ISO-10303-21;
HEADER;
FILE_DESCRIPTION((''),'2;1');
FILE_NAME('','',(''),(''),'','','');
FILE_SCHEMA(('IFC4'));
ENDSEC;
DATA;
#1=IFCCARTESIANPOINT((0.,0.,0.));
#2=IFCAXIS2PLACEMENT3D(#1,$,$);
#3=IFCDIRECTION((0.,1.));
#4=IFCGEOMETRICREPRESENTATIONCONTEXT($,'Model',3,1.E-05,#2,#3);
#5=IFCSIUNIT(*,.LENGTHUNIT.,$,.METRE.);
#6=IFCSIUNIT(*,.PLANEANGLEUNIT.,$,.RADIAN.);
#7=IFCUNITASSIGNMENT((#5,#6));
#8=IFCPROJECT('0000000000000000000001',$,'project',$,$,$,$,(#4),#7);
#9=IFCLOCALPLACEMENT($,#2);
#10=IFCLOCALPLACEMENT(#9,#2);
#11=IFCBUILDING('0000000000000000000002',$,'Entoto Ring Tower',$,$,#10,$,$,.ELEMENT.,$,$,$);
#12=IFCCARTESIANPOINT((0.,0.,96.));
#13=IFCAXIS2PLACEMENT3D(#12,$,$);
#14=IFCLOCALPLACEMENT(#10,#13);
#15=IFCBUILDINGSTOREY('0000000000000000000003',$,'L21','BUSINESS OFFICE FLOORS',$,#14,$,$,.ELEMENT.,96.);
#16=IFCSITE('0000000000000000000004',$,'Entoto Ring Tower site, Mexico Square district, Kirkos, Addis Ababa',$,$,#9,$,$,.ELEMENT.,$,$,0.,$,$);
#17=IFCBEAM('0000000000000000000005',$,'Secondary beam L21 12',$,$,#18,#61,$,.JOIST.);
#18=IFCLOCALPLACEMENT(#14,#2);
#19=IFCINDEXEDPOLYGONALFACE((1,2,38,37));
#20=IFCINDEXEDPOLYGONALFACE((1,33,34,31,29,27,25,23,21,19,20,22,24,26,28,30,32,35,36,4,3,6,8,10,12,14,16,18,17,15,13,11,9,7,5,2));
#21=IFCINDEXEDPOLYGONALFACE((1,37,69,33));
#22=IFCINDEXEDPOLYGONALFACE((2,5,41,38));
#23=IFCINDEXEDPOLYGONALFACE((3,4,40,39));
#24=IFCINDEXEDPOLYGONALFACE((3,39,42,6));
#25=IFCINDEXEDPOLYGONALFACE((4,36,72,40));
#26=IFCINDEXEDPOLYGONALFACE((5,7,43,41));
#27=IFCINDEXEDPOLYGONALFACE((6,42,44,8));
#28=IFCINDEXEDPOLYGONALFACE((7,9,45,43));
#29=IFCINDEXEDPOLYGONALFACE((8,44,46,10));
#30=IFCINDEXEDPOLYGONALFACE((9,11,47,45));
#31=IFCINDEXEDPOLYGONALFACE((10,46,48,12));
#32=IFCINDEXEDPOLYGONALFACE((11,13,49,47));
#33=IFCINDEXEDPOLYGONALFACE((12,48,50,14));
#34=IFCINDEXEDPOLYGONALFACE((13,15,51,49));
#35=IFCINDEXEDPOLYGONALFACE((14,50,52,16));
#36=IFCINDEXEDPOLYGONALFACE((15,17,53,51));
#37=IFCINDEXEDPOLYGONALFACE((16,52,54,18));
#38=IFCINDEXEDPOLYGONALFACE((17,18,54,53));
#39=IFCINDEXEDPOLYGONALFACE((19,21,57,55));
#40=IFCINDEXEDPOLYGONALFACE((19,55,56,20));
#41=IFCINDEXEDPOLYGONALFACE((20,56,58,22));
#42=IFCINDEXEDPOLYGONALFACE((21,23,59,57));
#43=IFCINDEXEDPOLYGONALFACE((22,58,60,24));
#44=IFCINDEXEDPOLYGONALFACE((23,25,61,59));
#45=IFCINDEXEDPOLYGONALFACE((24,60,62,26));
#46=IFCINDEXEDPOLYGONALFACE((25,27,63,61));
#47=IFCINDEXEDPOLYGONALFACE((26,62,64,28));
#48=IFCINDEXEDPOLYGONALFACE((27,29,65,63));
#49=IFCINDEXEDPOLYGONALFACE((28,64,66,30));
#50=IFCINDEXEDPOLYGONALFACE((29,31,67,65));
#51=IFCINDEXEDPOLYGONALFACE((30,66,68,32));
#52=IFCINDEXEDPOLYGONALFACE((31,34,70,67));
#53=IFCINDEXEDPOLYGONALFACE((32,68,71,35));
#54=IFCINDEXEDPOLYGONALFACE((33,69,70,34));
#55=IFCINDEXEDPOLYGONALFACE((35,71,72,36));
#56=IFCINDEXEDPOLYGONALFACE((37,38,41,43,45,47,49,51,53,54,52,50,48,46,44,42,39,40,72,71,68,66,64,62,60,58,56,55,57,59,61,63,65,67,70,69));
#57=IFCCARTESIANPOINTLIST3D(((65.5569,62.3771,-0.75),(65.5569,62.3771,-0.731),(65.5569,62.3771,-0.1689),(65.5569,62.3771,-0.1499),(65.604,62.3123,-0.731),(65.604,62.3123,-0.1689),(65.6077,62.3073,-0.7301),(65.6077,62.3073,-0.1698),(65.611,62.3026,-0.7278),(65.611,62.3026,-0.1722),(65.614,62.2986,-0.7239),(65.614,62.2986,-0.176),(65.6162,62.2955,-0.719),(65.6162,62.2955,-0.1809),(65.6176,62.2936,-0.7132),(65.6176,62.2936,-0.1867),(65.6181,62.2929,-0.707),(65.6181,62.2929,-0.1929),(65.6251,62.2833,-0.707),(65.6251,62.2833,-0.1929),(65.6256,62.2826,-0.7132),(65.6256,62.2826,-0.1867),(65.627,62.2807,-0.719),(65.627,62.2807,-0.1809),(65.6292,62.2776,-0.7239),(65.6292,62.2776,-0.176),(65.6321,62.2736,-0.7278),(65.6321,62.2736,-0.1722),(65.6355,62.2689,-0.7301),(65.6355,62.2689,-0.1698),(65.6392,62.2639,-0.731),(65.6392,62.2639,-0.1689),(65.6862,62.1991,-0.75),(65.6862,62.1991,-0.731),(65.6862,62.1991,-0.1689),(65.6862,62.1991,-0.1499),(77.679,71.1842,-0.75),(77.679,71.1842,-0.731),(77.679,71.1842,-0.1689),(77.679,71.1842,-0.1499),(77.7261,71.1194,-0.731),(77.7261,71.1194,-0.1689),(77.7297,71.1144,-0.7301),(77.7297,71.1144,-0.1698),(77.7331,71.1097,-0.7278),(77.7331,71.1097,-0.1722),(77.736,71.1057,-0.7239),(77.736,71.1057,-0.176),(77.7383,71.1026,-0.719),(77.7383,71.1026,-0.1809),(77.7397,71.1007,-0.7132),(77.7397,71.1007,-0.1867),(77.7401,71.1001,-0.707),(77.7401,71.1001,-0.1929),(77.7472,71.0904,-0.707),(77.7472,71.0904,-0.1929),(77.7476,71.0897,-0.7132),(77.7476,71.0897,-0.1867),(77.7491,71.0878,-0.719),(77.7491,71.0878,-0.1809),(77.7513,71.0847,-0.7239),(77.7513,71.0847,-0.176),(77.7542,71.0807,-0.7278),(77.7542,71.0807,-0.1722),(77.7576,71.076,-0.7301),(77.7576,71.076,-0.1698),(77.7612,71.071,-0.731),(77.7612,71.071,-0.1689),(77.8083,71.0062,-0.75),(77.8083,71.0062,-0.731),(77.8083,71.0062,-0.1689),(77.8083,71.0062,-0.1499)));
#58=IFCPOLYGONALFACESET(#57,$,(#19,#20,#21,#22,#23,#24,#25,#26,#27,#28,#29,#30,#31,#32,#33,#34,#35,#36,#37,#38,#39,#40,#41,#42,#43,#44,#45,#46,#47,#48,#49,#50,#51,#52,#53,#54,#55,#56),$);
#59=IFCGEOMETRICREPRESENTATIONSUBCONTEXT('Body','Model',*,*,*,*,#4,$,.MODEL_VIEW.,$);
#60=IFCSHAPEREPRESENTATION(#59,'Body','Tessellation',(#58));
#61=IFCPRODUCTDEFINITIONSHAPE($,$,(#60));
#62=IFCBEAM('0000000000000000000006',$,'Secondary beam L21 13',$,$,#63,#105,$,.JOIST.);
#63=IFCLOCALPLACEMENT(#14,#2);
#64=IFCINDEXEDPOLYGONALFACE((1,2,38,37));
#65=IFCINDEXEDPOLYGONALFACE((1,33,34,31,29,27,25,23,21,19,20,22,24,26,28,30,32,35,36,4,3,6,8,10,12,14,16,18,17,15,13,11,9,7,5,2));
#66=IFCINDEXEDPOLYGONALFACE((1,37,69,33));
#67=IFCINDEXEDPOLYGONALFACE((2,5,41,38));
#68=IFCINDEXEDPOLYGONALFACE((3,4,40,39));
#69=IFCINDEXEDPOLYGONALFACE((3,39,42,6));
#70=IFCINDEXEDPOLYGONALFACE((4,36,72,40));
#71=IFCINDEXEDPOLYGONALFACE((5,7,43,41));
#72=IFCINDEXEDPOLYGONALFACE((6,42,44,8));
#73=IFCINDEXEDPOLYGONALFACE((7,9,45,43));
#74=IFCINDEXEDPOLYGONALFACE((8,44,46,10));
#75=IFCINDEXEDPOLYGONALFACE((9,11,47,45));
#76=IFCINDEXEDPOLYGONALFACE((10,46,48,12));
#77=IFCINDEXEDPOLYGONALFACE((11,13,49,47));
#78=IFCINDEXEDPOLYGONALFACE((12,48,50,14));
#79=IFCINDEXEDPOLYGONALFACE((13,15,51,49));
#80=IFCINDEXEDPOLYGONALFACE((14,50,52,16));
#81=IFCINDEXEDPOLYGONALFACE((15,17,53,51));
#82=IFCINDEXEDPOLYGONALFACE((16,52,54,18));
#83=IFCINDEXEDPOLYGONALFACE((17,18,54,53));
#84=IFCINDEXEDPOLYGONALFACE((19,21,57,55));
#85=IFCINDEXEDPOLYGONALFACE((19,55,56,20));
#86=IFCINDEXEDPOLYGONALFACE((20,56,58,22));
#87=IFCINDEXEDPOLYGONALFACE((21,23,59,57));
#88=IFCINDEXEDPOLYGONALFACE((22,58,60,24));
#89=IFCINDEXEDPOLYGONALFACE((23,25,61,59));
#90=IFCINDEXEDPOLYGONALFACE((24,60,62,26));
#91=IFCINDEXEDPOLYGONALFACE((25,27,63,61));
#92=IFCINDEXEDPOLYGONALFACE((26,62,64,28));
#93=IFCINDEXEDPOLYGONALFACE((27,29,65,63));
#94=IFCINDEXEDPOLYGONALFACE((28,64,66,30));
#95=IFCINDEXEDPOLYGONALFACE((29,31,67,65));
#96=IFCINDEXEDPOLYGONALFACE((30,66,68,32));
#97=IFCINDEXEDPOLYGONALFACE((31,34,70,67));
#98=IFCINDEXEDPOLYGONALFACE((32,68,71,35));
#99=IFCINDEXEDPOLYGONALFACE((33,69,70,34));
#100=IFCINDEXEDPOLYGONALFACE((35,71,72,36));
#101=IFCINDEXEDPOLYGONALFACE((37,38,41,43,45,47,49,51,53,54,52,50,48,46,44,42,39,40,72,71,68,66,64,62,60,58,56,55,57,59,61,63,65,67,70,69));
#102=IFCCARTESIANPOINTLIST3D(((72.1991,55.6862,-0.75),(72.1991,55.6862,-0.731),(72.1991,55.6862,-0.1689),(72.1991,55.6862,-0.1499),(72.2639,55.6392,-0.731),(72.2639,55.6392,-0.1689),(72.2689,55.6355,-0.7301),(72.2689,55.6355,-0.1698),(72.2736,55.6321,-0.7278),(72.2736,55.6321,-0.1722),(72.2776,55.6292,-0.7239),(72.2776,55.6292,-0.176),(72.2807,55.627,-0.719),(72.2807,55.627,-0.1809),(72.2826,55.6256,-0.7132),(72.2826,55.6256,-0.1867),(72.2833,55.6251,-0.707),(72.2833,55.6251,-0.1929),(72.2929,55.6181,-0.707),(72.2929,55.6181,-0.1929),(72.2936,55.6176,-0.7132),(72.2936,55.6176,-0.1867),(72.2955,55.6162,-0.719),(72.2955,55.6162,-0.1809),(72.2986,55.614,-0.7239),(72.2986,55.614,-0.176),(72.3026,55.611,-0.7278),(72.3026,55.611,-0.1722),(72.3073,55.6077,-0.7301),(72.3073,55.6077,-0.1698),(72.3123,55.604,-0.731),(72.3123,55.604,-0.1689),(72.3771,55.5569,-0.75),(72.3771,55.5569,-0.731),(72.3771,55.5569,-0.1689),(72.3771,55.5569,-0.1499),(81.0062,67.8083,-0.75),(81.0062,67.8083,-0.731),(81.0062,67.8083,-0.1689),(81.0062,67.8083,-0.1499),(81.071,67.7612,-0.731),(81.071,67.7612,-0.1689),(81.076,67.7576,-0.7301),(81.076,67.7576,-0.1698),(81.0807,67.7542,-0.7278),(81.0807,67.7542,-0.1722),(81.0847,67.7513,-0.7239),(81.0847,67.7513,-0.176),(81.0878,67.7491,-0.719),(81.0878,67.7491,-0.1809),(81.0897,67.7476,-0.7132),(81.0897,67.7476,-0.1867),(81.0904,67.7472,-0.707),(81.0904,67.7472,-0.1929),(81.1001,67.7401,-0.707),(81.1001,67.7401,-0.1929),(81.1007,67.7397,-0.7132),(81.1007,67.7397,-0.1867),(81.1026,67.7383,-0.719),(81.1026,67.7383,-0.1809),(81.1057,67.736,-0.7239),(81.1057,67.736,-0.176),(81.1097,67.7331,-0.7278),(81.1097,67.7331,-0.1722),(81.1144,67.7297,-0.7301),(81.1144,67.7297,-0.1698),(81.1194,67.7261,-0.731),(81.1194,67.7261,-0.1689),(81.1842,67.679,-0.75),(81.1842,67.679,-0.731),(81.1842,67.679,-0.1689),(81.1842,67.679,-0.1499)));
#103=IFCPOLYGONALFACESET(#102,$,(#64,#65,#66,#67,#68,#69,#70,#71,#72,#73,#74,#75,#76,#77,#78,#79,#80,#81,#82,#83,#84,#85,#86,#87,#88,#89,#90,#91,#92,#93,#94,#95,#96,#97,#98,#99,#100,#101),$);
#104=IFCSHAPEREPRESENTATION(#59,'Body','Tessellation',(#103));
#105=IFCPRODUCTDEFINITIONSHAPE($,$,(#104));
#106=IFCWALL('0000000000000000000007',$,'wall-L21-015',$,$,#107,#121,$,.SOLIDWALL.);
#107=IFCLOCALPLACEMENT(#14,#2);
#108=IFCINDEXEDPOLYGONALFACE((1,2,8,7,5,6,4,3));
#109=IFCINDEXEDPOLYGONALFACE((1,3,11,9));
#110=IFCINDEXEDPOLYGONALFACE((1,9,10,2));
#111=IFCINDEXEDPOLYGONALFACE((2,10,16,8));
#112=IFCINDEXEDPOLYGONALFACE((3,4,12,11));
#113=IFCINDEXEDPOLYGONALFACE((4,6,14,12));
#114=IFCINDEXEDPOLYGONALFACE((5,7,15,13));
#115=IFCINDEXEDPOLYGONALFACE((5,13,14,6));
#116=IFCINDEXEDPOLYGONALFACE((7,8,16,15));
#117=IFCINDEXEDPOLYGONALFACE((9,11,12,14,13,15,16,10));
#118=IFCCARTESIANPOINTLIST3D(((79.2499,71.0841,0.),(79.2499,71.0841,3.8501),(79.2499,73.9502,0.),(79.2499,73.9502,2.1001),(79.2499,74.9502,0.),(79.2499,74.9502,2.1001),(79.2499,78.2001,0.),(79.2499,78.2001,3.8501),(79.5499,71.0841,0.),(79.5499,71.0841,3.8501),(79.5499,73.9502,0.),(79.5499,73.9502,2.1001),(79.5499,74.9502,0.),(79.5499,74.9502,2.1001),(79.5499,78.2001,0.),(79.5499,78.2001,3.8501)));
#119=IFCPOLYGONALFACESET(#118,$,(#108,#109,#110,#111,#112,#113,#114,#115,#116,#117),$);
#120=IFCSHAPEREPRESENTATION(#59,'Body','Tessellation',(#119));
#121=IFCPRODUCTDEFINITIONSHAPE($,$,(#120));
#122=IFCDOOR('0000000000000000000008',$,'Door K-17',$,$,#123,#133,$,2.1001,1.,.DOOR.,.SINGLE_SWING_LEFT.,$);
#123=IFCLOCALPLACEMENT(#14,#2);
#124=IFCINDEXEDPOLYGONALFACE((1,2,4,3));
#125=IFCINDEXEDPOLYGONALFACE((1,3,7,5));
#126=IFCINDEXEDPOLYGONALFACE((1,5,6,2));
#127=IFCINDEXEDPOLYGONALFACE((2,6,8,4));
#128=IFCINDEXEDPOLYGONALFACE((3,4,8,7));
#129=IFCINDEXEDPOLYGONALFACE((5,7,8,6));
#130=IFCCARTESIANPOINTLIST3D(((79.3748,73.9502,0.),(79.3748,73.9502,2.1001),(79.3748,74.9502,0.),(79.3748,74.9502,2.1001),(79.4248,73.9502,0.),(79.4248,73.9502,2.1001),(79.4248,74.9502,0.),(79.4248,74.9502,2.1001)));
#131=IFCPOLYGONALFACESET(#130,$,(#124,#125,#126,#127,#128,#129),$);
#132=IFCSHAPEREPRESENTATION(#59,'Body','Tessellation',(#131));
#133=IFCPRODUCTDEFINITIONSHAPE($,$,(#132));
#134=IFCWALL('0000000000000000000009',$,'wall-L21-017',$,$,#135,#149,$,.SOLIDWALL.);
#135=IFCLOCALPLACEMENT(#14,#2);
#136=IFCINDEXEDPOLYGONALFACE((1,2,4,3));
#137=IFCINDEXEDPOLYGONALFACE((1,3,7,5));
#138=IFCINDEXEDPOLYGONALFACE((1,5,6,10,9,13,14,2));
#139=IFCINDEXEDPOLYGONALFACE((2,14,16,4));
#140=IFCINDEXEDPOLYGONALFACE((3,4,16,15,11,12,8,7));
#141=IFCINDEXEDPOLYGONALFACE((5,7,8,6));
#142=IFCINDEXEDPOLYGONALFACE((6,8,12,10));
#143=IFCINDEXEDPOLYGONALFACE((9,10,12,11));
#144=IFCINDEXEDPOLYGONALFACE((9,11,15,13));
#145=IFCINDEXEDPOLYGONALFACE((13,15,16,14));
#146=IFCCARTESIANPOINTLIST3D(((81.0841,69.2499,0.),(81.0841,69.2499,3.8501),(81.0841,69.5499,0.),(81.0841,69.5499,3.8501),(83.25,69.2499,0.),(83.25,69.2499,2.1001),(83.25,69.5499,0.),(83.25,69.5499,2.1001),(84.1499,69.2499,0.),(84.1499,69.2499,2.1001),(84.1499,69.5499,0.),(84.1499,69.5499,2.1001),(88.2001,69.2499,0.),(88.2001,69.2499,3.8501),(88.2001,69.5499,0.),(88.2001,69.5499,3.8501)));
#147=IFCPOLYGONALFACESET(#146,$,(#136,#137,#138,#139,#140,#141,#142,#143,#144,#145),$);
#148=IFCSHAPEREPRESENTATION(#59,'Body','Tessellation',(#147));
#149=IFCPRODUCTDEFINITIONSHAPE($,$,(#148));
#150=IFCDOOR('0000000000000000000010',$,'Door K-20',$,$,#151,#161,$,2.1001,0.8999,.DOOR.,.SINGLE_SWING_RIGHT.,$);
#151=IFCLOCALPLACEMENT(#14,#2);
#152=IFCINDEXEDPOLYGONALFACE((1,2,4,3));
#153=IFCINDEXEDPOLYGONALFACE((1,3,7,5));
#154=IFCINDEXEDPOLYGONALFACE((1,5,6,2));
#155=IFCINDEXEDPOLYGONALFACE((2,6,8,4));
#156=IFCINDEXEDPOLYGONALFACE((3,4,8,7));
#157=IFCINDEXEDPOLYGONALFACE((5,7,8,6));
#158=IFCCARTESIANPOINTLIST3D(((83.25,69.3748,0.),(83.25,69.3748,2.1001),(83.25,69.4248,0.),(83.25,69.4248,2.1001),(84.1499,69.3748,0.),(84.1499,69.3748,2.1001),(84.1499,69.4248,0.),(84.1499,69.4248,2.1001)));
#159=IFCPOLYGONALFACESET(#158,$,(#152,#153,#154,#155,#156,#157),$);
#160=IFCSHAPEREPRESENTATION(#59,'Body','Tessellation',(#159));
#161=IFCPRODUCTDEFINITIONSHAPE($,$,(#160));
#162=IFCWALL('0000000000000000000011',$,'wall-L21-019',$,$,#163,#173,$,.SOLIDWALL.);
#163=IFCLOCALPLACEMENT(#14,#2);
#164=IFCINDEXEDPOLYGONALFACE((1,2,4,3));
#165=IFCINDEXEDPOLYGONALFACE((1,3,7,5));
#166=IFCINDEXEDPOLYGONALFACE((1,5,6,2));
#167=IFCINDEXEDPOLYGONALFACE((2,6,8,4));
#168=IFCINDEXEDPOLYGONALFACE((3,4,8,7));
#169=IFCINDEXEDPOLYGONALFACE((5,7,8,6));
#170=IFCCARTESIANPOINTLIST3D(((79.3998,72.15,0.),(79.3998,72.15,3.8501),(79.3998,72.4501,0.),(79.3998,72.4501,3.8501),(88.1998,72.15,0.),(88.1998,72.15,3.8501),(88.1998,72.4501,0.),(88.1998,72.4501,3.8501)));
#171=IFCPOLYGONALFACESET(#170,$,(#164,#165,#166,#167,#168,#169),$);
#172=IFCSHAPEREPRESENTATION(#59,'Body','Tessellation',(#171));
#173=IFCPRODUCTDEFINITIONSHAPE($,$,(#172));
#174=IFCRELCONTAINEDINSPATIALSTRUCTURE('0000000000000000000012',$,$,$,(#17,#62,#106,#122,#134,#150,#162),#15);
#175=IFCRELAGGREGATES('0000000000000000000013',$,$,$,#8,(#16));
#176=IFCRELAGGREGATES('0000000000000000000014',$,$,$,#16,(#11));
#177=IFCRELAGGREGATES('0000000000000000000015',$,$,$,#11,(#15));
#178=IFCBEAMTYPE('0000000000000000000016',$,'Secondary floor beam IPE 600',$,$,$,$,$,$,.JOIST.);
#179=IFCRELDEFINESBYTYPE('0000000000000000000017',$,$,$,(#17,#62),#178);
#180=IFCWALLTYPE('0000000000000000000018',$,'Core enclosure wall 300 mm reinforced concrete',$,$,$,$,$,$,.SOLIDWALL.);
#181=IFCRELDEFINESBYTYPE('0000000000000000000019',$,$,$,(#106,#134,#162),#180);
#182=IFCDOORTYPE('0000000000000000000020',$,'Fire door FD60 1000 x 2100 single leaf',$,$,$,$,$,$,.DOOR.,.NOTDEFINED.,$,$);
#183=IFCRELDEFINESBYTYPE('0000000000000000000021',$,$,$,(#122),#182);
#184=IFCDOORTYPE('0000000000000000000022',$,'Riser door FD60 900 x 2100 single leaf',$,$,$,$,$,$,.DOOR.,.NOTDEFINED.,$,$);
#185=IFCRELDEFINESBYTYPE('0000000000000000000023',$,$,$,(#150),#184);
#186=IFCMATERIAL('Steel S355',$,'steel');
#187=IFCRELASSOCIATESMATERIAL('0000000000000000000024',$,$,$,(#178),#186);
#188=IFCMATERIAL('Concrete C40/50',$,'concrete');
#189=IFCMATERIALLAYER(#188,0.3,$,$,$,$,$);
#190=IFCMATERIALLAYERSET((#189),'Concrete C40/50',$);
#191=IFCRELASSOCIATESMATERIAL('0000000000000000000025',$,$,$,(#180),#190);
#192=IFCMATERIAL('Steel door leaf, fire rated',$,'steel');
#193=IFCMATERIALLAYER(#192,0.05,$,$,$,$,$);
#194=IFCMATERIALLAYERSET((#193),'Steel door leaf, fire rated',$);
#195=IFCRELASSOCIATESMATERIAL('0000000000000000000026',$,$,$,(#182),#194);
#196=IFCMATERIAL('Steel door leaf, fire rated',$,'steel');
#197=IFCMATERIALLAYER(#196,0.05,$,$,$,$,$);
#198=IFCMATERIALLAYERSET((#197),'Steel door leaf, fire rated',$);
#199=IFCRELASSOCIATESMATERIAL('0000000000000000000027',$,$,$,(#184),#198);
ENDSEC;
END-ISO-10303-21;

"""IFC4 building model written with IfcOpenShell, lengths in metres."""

from ifc_helpers import new_model, si_unit, direction, frame, frame_2d, origin, origin_2d, place, context, subcontext, project, spatial, rectangle, i_section, extrude, material, layer, layer_set, material_profile, profile_set, type_object, element, fill, save


model = new_model("IFC4")

# Units and contexts
model_context = context("Model", 3, precision=1e-05, world=origin(), true_north=direction((0.0, 1.0)))
body_context = subcontext(model_context, "Body", "Model", "MODEL_VIEW")
ifc_project = project(units=[si_unit("LENGTHUNIT", "METRE"), si_unit("PLANEANGLEUNIT", "RADIAN")], contexts=[model_context])

# Site, building, storey
site_placement = place(None, origin())
site = spatial("IfcSite", under=ifc_project, at=site_placement, Name="Entoto Ring Tower site, Mexico Square district, Kirkos, Addis Ababa", CompositionType="ELEMENT", RefElevation=0.0)
building_placement = place(site_placement, origin())
building = spatial("IfcBuilding", under=site, at=building_placement, Name="Entoto Ring Tower", CompositionType="ELEMENT")
storey_placement = place(building_placement, frame((0.0, 0.0, 96.0)))
storey = spatial("IfcBuildingStorey", under=building, at=storey_placement, Name="L21", Description="BUSINESS OFFICE FLOORS", CompositionType="ELEMENT", Elevation=96.0)

# Beams
ifc_material_1 = material(Name="Steel S355", Category="steel")
ifc_material_profile_1 = material_profile(ifc_material_1, i_section(OverallWidth=0.22, OverallDepth=0.6001, WebThickness=0.012, FlangeThickness=0.019, FilletRadius=0.0239, at=origin_2d()), Name="IPE 600")
ifc_profile_set_1 = profile_set([ifc_material_profile_1], Name="Steel S355")
beam_type_1 = type_object("IfcBeamType", Name="Secondary floor beam IPE 600", PredefinedType="JOIST", material=ifc_profile_set_1)
for number, where, z_axis, x_axis, name in (
    (1, (77.7437, 71.0952, -0.45), (-0.809019, -0.587782, 0.0), (0.587782, -0.809019, 0.0), "Secondary beam L21 12"),
    (2, (81.0952, 67.7437, -0.45), (-0.587782, -0.809019, 0.0), (0.809019, -0.587782, 0.0), "Secondary beam L21 13"),
):
    element("IfcBeam", number, at=place(storey_placement, frame(where, z_axis=z_axis, x_axis=x_axis)), inside=storey, type_object=beam_type_1, Name=name, PredefinedType="JOIST", context=body_context, shape_type="SweptSolid", body=[
        extrude(i_section(OverallWidth=0.22, OverallDepth=0.6001, WebThickness=0.012, FlangeThickness=0.019, FilletRadius=0.0239, at=origin_2d()), origin(), (0.0, 0.0, 1.0), 14.9836),
    ])

# Walls, openings, doors
ifc_material_2 = material(Name="Concrete C40/50", Category="concrete")
ifc_layer_1 = layer(ifc_material_2, 0.3)
ifc_layer_set_1 = layer_set([ifc_layer_1], Name="Concrete C40/50")
wall_type_1 = type_object("IfcWallType", Name="Core enclosure wall 300 mm reinforced concrete", PredefinedType="SOLIDWALL", material=ifc_layer_set_1)
wall_1_placement = place(storey_placement, frame((79.3999, 71.084, 0.0), z_axis=(0.0, 0.0, 1.0), x_axis=(0.0, 1.0, 0.0)))
wall_1 = element("IfcWall", 3, at=wall_1_placement, inside=storey, type_object=wall_type_1, Name="wall-L21-015", PredefinedType="SOLIDWALL", context=body_context, shape_type="SweptSolid", body=[
    extrude(rectangle(XDim=7.116, YDim=0.3, at=frame_2d((3.5581, 0.0))), origin(), (0.0, 0.0, 1.0), 3.8501),
])
opening_1_placement = place(wall_1_placement, frame((2.8662, 0.0, 0.0)))
opening_1 = element("IfcOpeningElement", 4, at=opening_1_placement, cuts=wall_1, PredefinedType="OPENING", context=body_context, shape_type="SweptSolid", body=[
    extrude(rectangle(XDim=1.0, YDim=2.1001, at=frame_2d((0.5, 1.05))), frame((0.0, 0.1602, 0.0), z_axis=(0.0, -1.0, 0.0), x_axis=(1.0, 0.0, 0.0)), (0.0, 0.0, 1.0), 0.3201),
])
ifc_material_3 = material(Name="Steel door leaf, fire rated", Category="steel")
ifc_layer_2 = layer(ifc_material_3, 0.05)
ifc_layer_set_2 = layer_set([ifc_layer_2], Name="Steel door leaf, fire rated")
door_type_1 = type_object("IfcDoorType", Name="Fire door FD60 1000 x 2100 single leaf", OperationType="NOTDEFINED", PredefinedType="DOOR", material=ifc_layer_set_2)
door_1_placement = place(opening_1_placement, frame((1.0, 0.0, 0.0), z_axis=(0.0, 0.0, 1.0), x_axis=(-1.0, 0.0, 0.0)))
door_1 = element("IfcDoor", 5, at=door_1_placement, inside=storey, type_object=door_type_1, Name="Door K-17", OperationType="SINGLE_SWING_LEFT", OverallHeight=2.1001, OverallWidth=1.0, PredefinedType="DOOR", context=body_context, shape_type="SweptSolid", body=[
    extrude(rectangle(XDim=1.0, YDim=2.1001, at=frame_2d((0.5, 1.05))), frame((0.0, 0.0249, 0.0), z_axis=(0.0, -1.0, 0.0), x_axis=(1.0, 0.0, 0.0)), (0.0, 0.0, 1.0), 0.05),
])
fill(opening_1, door_1)
wall_2_placement = place(storey_placement, frame((81.084, 69.3999, 0.0), z_axis=(0.0, 0.0, 1.0), x_axis=(1.0, 0.0, 0.0)))
wall_2 = element("IfcWall", 6, at=wall_2_placement, inside=storey, type_object=wall_type_1, Name="wall-L21-017", PredefinedType="SOLIDWALL", context=body_context, shape_type="SweptSolid", body=[
    extrude(rectangle(XDim=7.116, YDim=0.3, at=frame_2d((3.5581, 0.0))), origin(), (0.0, 0.0, 1.0), 3.8501),
])
opening_2_placement = place(wall_2_placement, frame((2.166, 0.0, 0.0)))
opening_2 = element("IfcOpeningElement", 7, at=opening_2_placement, cuts=wall_2, PredefinedType="OPENING", context=body_context, shape_type="SweptSolid", body=[
    extrude(rectangle(XDim=0.8999, YDim=2.1001, at=frame_2d((0.45, 1.05))), frame((0.0, 0.1602, 0.0), z_axis=(0.0, -1.0, 0.0), x_axis=(1.0, 0.0, 0.0)), (0.0, 0.0, 1.0), 0.3201),
])
ifc_material_4 = material(Name="Steel door leaf, fire rated", Category="steel")
ifc_layer_3 = layer(ifc_material_4, 0.05)
ifc_layer_set_3 = layer_set([ifc_layer_3], Name="Steel door leaf, fire rated")
door_type_2 = type_object("IfcDoorType", Name="Riser door FD60 900 x 2100 single leaf", OperationType="NOTDEFINED", PredefinedType="DOOR", material=ifc_layer_set_3)
door_2_placement = place(opening_2_placement, origin())
door_2 = element("IfcDoor", 8, at=door_2_placement, inside=storey, type_object=door_type_2, Name="Door K-20", OperationType="SINGLE_SWING_RIGHT", OverallHeight=2.1001, OverallWidth=0.8999, PredefinedType="DOOR", context=body_context, shape_type="SweptSolid", body=[
    extrude(rectangle(XDim=0.8999, YDim=2.1001, at=frame_2d((0.45, 1.05))), frame((0.0, 0.0249, 0.0), z_axis=(0.0, -1.0, 0.0), x_axis=(1.0, 0.0, 0.0)), (0.0, 0.0, 1.0), 0.05),
])
fill(opening_2, door_2)

# Wall
wall_3_placement = place(storey_placement, frame((79.3999, 72.3, 0.0), z_axis=(0.0, 0.0, 1.0), x_axis=(1.0, 0.0, 0.0)))
element("IfcWall", 9, at=wall_3_placement, inside=storey, type_object=wall_type_1, Name="wall-L21-019", PredefinedType="SOLIDWALL", context=body_context, shape_type="SweptSolid", body=[
    extrude(rectangle(XDim=8.8, YDim=0.3, at=frame_2d((4.3999, 0.0))), origin(), (0.0, 0.0, 1.0), 3.8501),
])

save(model, "model.ifc")
